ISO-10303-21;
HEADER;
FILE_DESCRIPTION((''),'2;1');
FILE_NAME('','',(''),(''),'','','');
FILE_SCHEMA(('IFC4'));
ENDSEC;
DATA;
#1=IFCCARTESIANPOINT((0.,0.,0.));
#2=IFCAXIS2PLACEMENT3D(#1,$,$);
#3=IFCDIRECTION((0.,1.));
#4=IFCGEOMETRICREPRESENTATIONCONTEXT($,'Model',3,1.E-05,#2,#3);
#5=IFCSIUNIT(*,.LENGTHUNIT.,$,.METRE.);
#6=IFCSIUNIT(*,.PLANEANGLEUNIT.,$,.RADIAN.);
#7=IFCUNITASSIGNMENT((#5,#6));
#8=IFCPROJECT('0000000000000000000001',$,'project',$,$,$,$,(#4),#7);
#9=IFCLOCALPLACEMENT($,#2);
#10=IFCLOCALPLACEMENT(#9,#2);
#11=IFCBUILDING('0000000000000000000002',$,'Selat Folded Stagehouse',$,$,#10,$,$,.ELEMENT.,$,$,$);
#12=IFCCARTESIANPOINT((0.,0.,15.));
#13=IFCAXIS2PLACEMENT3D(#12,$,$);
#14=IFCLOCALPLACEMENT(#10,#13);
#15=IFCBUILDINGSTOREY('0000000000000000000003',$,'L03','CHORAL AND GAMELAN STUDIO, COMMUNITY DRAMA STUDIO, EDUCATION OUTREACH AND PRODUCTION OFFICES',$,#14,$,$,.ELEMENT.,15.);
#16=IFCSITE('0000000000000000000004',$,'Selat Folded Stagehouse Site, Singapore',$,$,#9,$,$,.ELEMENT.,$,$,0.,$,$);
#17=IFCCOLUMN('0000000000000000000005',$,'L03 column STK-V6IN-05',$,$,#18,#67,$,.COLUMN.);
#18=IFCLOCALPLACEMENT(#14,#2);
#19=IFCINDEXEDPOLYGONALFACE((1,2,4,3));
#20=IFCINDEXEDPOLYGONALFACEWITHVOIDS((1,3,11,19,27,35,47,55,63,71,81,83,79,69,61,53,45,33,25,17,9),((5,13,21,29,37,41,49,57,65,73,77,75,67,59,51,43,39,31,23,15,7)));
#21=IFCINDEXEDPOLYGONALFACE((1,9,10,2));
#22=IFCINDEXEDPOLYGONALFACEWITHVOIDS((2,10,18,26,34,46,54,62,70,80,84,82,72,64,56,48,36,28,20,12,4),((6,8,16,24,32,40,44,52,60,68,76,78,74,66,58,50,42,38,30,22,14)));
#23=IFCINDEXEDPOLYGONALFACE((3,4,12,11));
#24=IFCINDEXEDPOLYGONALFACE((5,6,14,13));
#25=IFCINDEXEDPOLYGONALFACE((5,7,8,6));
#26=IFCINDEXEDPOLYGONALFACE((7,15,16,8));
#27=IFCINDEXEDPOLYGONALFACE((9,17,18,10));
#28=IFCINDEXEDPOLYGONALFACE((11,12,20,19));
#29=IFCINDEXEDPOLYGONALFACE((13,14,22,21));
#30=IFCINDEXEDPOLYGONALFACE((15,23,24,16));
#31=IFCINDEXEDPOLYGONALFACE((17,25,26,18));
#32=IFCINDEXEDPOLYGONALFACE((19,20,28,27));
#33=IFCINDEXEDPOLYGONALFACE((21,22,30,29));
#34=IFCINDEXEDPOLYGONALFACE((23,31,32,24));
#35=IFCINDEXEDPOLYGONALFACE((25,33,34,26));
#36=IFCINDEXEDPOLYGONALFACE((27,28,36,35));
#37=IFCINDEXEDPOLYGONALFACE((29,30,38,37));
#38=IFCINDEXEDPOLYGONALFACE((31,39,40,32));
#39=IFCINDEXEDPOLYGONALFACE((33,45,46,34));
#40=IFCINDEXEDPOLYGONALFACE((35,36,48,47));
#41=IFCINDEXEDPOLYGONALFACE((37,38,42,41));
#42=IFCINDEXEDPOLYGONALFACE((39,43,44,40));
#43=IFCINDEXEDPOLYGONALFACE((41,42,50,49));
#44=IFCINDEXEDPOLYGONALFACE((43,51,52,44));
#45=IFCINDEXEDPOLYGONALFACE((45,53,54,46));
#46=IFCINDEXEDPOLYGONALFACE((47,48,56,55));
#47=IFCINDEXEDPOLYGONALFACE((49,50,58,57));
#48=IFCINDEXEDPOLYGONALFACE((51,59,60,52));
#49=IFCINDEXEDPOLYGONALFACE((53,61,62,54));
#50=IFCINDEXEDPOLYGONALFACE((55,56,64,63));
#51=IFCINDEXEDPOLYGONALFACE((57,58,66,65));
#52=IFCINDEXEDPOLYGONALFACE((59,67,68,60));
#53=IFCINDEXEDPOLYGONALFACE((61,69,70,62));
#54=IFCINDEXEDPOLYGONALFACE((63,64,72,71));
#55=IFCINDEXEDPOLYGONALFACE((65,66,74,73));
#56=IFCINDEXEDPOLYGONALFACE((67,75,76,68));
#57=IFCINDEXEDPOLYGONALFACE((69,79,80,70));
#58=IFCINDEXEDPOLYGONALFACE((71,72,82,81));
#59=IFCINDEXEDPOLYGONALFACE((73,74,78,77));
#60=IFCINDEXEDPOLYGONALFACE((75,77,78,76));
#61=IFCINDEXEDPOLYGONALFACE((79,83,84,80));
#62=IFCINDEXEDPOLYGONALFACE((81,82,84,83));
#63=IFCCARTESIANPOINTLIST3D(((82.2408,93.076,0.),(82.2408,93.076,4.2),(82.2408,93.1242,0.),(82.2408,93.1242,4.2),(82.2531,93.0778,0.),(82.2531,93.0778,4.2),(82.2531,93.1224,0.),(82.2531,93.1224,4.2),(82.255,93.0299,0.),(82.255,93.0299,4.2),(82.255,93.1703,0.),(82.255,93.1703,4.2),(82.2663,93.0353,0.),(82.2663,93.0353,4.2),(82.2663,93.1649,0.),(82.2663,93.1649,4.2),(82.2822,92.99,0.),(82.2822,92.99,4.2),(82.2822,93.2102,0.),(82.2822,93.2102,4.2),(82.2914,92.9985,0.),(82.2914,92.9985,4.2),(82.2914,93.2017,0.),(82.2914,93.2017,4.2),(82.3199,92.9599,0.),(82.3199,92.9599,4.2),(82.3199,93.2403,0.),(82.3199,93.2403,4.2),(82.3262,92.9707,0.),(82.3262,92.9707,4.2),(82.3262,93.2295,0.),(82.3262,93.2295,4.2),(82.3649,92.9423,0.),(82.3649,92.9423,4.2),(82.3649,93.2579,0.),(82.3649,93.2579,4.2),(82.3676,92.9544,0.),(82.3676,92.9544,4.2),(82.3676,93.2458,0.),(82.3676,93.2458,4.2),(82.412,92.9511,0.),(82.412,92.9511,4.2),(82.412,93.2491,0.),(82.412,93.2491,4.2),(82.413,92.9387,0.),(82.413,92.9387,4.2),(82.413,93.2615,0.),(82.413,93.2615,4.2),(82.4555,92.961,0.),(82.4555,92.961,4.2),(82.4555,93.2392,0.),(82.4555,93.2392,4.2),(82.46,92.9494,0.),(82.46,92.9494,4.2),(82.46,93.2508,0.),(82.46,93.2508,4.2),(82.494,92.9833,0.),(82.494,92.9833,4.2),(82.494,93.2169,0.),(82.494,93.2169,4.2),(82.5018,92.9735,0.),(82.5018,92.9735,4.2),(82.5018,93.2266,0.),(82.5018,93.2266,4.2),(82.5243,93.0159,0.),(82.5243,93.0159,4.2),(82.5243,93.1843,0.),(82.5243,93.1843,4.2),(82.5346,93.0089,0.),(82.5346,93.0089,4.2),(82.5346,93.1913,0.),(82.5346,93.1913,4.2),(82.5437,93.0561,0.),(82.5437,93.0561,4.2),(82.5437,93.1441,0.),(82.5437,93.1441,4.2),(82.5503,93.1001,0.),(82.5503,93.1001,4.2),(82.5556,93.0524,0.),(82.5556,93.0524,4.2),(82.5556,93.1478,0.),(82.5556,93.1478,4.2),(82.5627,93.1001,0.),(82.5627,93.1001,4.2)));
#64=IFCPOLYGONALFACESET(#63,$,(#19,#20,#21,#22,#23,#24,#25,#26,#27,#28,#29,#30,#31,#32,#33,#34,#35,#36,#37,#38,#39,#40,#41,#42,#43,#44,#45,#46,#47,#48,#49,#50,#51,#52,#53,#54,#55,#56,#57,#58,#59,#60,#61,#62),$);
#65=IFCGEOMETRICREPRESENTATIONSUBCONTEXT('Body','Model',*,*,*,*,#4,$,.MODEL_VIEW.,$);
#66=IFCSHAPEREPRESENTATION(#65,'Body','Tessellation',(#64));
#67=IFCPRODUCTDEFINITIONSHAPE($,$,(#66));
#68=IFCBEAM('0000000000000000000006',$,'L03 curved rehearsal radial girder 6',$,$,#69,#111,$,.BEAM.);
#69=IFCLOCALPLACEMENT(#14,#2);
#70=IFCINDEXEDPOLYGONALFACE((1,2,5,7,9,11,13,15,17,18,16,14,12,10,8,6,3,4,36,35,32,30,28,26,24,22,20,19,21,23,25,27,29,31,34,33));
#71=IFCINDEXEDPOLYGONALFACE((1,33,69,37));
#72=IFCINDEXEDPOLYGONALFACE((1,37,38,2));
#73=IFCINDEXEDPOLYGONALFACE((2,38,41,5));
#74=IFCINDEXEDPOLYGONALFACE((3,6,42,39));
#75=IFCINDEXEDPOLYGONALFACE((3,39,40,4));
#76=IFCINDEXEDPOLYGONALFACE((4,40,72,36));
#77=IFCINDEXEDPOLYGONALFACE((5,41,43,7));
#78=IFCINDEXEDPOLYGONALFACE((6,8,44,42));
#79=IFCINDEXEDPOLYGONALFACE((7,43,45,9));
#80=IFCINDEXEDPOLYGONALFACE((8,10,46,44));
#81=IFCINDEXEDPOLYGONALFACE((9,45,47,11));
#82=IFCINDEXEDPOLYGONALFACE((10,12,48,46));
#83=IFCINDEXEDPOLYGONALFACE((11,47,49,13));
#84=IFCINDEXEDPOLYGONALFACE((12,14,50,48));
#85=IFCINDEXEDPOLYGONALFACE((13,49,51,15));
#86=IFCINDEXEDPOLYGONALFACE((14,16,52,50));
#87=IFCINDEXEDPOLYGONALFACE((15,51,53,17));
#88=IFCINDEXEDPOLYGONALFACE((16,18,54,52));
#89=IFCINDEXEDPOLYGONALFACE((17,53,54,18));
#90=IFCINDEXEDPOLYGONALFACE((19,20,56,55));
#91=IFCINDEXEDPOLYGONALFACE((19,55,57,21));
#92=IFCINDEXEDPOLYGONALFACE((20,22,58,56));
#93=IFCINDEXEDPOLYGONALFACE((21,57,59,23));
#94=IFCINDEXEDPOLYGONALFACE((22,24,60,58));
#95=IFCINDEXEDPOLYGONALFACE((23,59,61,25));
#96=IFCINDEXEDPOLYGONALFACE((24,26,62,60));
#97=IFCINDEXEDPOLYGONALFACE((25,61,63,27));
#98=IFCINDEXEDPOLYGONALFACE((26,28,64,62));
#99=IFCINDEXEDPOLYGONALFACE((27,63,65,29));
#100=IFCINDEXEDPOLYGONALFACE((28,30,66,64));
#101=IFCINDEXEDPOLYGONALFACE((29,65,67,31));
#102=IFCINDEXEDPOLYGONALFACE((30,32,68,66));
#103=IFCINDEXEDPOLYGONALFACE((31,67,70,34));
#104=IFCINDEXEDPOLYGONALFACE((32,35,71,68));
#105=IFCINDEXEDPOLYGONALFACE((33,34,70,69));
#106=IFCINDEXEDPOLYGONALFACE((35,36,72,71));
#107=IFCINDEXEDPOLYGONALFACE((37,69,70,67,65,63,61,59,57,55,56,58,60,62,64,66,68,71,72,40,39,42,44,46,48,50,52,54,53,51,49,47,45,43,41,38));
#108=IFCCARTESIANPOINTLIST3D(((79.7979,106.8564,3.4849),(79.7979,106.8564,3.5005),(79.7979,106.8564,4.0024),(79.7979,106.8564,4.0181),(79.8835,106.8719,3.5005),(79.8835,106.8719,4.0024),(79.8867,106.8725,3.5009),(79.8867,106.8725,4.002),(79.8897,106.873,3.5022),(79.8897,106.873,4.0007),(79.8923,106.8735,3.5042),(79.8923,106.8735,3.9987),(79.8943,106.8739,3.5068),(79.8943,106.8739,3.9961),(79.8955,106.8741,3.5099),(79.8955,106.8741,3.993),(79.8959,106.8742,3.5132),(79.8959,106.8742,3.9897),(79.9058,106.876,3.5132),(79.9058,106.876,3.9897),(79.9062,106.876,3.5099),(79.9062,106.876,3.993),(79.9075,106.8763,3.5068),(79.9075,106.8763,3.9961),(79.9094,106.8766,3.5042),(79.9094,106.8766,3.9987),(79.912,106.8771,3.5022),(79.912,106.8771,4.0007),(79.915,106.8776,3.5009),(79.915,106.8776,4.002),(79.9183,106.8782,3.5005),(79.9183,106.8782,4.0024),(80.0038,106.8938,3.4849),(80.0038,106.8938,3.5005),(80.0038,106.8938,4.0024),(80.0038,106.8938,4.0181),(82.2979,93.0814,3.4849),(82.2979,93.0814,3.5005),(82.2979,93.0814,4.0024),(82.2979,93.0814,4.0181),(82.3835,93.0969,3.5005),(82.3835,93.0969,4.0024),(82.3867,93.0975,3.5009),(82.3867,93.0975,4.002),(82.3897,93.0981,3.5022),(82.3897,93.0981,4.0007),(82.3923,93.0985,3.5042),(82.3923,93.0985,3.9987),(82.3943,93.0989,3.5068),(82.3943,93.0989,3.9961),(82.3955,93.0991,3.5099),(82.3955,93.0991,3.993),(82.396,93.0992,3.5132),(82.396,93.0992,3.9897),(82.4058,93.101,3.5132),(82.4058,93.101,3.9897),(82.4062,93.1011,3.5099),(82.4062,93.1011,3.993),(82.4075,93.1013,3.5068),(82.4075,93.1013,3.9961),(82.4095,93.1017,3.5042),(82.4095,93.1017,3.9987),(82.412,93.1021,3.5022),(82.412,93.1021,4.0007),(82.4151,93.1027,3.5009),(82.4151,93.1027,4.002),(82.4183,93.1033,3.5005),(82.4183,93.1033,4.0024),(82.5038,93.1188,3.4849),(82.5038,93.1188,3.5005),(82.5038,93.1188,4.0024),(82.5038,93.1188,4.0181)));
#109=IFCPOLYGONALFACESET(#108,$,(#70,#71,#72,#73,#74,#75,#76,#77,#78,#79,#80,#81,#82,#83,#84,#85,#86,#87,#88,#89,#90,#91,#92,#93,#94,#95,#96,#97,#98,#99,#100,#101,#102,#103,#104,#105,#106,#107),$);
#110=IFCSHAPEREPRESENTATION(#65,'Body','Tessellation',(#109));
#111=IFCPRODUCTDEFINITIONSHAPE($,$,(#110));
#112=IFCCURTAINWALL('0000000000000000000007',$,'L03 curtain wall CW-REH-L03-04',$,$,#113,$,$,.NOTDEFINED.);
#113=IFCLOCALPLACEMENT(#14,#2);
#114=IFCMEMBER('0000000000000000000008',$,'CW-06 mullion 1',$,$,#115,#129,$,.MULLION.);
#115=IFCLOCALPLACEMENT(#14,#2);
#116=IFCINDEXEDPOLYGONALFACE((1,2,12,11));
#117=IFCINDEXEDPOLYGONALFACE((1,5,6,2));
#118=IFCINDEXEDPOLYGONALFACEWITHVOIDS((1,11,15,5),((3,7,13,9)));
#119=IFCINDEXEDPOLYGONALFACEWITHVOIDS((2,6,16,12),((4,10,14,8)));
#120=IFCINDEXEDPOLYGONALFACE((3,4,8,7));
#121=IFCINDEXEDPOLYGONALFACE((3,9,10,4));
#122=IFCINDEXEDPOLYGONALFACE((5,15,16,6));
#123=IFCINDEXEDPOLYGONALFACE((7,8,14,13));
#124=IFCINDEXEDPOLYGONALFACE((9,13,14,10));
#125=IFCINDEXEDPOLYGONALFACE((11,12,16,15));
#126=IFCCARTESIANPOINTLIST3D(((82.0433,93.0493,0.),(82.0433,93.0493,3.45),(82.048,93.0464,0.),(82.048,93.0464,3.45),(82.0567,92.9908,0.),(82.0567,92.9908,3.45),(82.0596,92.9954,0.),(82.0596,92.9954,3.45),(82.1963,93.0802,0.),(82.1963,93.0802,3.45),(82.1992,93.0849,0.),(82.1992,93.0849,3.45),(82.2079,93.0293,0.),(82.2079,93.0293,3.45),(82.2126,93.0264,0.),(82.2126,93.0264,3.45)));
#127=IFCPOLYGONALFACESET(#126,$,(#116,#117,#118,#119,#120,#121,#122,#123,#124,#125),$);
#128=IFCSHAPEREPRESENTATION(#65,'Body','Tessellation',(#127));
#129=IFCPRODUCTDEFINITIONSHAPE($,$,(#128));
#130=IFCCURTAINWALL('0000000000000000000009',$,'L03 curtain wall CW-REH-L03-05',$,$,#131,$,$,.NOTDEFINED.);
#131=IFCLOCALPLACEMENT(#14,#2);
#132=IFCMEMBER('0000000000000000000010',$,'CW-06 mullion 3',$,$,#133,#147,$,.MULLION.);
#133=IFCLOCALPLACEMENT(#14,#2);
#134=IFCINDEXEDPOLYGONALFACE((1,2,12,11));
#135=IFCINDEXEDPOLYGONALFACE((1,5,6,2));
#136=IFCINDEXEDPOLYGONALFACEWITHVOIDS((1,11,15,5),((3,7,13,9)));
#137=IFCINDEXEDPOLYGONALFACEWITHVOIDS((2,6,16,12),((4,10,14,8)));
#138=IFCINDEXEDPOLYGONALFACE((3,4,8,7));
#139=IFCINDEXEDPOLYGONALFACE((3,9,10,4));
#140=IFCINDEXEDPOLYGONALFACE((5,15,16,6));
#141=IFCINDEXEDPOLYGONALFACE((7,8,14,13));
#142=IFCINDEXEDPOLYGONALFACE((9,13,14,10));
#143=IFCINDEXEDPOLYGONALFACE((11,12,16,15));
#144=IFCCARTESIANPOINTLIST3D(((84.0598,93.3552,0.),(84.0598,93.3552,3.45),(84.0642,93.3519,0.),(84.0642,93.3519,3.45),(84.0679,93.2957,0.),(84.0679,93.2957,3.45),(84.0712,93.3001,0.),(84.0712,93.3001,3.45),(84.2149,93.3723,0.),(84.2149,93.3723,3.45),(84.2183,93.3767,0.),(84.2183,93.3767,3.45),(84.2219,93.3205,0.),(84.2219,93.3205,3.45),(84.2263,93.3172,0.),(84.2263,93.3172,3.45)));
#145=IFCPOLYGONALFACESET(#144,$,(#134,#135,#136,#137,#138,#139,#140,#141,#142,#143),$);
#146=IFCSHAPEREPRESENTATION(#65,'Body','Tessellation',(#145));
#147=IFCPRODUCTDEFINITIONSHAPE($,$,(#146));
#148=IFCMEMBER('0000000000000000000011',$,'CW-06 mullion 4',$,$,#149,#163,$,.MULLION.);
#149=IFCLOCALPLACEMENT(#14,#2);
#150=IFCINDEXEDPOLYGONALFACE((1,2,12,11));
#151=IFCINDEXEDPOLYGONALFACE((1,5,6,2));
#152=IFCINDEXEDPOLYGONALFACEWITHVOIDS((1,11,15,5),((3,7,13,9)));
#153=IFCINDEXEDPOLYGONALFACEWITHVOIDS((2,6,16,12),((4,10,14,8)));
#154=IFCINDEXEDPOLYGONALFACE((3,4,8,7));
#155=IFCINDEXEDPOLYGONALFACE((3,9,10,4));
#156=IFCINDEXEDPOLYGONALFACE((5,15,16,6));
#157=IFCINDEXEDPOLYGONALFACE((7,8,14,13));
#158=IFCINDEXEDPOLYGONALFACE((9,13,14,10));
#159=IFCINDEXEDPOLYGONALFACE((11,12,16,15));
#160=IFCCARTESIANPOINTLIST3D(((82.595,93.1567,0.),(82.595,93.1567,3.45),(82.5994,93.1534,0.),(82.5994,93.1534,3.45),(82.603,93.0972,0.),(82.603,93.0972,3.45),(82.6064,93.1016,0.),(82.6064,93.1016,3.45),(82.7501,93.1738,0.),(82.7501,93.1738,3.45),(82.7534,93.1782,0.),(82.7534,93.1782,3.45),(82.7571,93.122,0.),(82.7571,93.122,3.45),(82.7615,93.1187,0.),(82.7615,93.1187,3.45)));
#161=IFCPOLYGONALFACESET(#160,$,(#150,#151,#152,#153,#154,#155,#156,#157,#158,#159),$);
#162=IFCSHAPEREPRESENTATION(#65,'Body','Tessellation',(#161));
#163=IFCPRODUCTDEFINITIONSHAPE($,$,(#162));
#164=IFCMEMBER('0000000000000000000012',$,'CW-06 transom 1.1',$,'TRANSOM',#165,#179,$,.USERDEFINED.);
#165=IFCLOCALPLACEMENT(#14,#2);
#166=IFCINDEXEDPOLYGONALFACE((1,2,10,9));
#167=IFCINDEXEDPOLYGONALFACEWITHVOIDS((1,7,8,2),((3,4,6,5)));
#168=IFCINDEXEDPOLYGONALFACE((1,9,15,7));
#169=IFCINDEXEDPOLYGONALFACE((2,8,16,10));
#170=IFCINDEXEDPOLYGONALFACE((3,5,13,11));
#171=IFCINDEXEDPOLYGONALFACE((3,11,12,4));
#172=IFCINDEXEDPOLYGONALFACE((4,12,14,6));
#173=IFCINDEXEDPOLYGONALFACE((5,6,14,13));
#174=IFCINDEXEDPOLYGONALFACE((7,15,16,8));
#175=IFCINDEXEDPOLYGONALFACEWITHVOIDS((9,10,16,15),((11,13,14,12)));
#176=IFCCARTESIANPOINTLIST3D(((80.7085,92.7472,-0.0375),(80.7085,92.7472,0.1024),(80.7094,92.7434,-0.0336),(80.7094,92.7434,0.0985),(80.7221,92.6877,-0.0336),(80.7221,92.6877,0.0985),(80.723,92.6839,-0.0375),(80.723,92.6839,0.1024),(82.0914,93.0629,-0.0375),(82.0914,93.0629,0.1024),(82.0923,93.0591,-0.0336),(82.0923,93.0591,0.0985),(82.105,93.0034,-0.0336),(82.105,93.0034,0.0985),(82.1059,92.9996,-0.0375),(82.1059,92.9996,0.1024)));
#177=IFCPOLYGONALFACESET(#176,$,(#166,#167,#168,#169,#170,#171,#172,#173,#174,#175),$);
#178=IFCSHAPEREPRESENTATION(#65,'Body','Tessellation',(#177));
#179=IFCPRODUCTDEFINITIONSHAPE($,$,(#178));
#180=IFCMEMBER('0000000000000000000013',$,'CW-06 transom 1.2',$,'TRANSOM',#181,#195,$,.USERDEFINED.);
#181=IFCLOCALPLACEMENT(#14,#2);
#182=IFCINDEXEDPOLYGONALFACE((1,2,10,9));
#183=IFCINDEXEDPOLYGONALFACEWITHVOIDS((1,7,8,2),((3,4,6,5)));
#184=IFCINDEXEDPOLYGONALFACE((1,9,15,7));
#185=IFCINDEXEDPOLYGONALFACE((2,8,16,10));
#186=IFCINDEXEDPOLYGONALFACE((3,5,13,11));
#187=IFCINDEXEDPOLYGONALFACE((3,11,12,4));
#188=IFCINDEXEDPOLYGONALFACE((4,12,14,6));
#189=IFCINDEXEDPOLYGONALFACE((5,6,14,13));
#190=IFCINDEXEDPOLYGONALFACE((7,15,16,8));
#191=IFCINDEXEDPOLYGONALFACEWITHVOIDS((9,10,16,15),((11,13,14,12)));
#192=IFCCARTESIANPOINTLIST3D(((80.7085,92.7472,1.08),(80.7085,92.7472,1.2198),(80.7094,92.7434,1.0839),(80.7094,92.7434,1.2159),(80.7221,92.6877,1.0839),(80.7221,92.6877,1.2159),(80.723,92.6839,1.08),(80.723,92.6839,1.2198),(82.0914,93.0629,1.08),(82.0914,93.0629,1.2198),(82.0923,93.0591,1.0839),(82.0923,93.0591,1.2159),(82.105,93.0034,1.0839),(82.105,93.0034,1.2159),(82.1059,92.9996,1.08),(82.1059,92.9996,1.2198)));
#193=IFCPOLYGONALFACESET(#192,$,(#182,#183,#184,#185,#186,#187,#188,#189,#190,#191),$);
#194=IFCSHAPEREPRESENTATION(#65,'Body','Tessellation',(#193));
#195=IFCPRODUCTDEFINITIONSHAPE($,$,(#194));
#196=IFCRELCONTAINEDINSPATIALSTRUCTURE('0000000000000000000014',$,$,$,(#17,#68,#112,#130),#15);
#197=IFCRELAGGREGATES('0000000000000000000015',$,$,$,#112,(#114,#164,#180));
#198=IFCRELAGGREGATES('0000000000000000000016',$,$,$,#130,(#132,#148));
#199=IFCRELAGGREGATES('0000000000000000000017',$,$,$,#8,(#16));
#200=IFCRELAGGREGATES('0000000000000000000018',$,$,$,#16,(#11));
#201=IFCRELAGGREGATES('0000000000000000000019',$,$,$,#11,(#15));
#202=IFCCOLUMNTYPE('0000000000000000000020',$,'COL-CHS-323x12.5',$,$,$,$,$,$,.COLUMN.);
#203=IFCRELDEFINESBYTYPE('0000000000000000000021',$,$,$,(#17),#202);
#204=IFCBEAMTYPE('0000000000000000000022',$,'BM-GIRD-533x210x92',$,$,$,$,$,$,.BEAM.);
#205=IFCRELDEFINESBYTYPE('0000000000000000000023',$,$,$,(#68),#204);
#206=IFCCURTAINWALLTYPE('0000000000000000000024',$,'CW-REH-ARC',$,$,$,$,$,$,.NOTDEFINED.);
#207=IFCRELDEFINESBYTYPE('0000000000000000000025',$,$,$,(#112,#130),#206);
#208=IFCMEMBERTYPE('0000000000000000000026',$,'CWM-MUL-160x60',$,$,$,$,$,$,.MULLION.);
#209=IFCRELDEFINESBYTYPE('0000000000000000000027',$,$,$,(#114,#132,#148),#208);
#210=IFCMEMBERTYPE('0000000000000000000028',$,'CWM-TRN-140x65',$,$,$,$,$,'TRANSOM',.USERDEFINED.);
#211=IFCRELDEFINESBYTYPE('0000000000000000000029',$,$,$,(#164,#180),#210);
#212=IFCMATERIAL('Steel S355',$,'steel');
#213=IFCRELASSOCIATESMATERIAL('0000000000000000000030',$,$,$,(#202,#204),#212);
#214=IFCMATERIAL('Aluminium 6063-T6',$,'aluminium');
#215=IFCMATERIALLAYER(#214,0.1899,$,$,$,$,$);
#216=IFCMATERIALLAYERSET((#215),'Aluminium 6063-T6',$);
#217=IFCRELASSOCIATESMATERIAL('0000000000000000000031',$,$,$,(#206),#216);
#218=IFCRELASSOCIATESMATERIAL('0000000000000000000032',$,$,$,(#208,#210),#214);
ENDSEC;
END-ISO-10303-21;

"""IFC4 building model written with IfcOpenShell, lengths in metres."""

from ifc_helpers import new_model, si_unit, direction, frame, origin, origin_2d, place, context, subcontext, project, spatial, hollow_rectangle, hollow_circle, i_section, extrude, material, layer, layer_set, material_profile, profile_set, type_object, element, aggregate, save


model = new_model("IFC4")

# Units and contexts
model_context = context("Model", 3, precision=1e-05, world=origin(), true_north=direction((0.0, 1.0)))
body_context = subcontext(model_context, "Body", "Model", "MODEL_VIEW")
ifc_project = project(units=[si_unit("LENGTHUNIT", "METRE"), si_unit("PLANEANGLEUNIT", "RADIAN")], contexts=[model_context])

# Site, building, storey
site_placement = place(None, origin())
site = spatial("IfcSite", under=ifc_project, at=site_placement, Name="Selat Folded Stagehouse Site, Singapore", CompositionType="ELEMENT", RefElevation=0.0)
building_placement = place(site_placement, origin())
building = spatial("IfcBuilding", under=site, at=building_placement, Name="Selat Folded Stagehouse", CompositionType="ELEMENT")
storey_placement = place(building_placement, frame((0.0, 0.0, 15.0)))
storey = spatial("IfcBuildingStorey", under=building, at=storey_placement, Name="L03", Description="CHORAL AND GAMELAN STUDIO, COMMUNITY DRAMA STUDIO, EDUCATION OUTREACH AND PRODUCTION OFFICES", CompositionType="ELEMENT", Elevation=15.0)

# Column
ifc_material_1 = material(Name="Steel S355", Category="steel")
ifc_material_profile_1 = material_profile(ifc_material_1, hollow_circle(Radius=0.1619, WallThickness=0.0125, at=origin_2d()), Name="CHS 323.9x12.5")
ifc_profile_set_1 = profile_set([ifc_material_profile_1], Name="Steel S355")
column_type = type_object("IfcColumnType", Name="COL-CHS-323x12.5", PredefinedType="COLUMN", material=ifc_profile_set_1)
column_placement = place(storey_placement, frame((82.4009, 93.1001, 0.0), z_axis=(0.0, 0.0, 1.0), x_axis=(1.0, 0.0, 0.0)))
element("IfcColumn", 1, at=column_placement, inside=storey, type_object=column_type, Name="L03 column STK-V6IN-05", PredefinedType="COLUMN", context=body_context, shape_type="SweptSolid", body=[
    extrude(hollow_circle(Radius=0.1619, WallThickness=0.0125, at=origin_2d()), origin(), (0.0, 0.0, 1.0), 4.2),
])

# Beam
ifc_material_profile_2 = material_profile(ifc_material_1, i_section(OverallWidth=0.2092, OverallDepth=0.5332, WebThickness=0.01, FlangeThickness=0.0156, FilletRadius=0.0127, at=origin_2d()), Name="UKB 533x210x92")
ifc_profile_set_2 = profile_set([ifc_material_profile_2], Name="Steel S355")
beam_type_1 = type_object("IfcBeamType", Name="BM-GIRD-533x210x92", PredefinedType="BEAM", material=ifc_profile_set_2)
beam_1_placement = place(storey_placement, frame((82.4009, 93.1001, 3.7515), z_axis=(-0.178572, 0.983927, 0.0), x_axis=(-0.983927, -0.178572, 0.0)))
element("IfcBeam", 2, at=beam_1_placement, inside=storey, type_object=beam_type_1, Name="L03 curved rehearsal radial girder 6", PredefinedType="BEAM", context=body_context, shape_type="SweptSolid", body=[
    extrude(i_section(OverallWidth=0.2092, OverallDepth=0.5332, WebThickness=0.01, FlangeThickness=0.0156, FilletRadius=0.0127, at=origin_2d()), origin(), (0.0, 0.0, 1.0), 14.0),
])

# Curtain wall, member
ifc_material_2 = material(Name="Aluminium 6063-T6", Category="aluminium")
ifc_layer_1 = layer(ifc_material_2, 0.1899)
ifc_layer_set_1 = layer_set([ifc_layer_1], Name="Aluminium 6063-T6")
curtain_wall_type = type_object("IfcCurtainWallType", Name="CW-REH-ARC", PredefinedType="NOTDEFINED", material=ifc_layer_set_1)
curtain_wall_1_placement = place(storey_placement, origin())
curtain_wall_1 = element("IfcCurtainWall", 3, at=curtain_wall_1_placement, inside=storey, type_object=curtain_wall_type, Name="L03 curtain wall CW-REH-L03-04", PredefinedType="NOTDEFINED")
ifc_material_profile_3 = material_profile(ifc_material_2, hollow_rectangle(XDim=0.0601, YDim=0.1599, WallThickness=0.0039, at=origin_2d()), Name="ALU 160x60x4.0")
ifc_profile_set_3 = profile_set([ifc_material_profile_3], Name="Aluminium 6063-T6")
member_type_1 = type_object("IfcMemberType", Name="CWM-MUL-160x60", PredefinedType="MULLION", material=ifc_profile_set_3)
member_1_placement = place(storey_placement, frame((82.1279, 93.0378, 0.0), z_axis=(0.0, 0.0, 1.0), x_axis=(0.222543, -0.974923, 0.0)))
member_1 = element("IfcMember", 4, at=member_1_placement, type_object=member_type_1, Name="CW-06 mullion 1", PredefinedType="MULLION", context=body_context, shape_type="SweptSolid", body=[
    extrude(hollow_rectangle(XDim=0.0601, YDim=0.1599, WallThickness=0.0039, at=origin_2d()), origin(), (0.0, 0.0, 1.0), 3.45),
])

# Curtain wall, members
curtain_wall_2_placement = place(storey_placement, origin())
curtain_wall_2 = element("IfcCurtainWall", 5, at=curtain_wall_2_placement, inside=storey, type_object=curtain_wall_type, Name="L03 curtain wall CW-REH-L03-05", PredefinedType="NOTDEFINED")
member_2_placement = place(storey_placement, frame((84.1431, 93.3362, 0.0), z_axis=(0.0, 0.0, 1.0), x_axis=(0.134212, -0.990953, 0.0)))
member_2 = element("IfcMember", 6, at=member_2_placement, type_object=member_type_1, Name="CW-06 mullion 3", PredefinedType="MULLION", context=body_context, shape_type="SweptSolid", body=[
    extrude(hollow_rectangle(XDim=0.0601, YDim=0.1599, WallThickness=0.0039, at=origin_2d()), origin(), (0.0, 0.0, 1.0), 3.45),
])
member_3_placement = place(storey_placement, frame((82.6782, 93.1377, 0.0), z_axis=(0.0, 0.0, 1.0), x_axis=(0.134212, -0.990953, 0.0)))
member_3 = element("IfcMember", 7, at=member_3_placement, type_object=member_type_1, Name="CW-06 mullion 4", PredefinedType="MULLION", context=body_context, shape_type="SweptSolid", body=[
    extrude(hollow_rectangle(XDim=0.0601, YDim=0.1599, WallThickness=0.0039, at=origin_2d()), origin(), (0.0, 0.0, 1.0), 3.45),
])

# Members
ifc_material_profile_4 = material_profile(ifc_material_2, hollow_rectangle(XDim=0.0649, YDim=0.1399, WallThickness=0.0039, at=origin_2d()), Name="ALU 140x65x4.0")
ifc_profile_set_4 = profile_set([ifc_material_profile_4], Name="Aluminium 6063-T6")
member_type_2 = type_object("IfcMemberType", Name="CWM-TRN-140x65", ElementType="TRANSOM", PredefinedType="USERDEFINED", material=ifc_profile_set_4)
member_4_placement = place(storey_placement, frame((82.0986, 93.0312, 0.0325), z_axis=(-0.974919, -0.222558, 0.0), x_axis=(0.222558, -0.974919, 0.0)))
member_4 = element("IfcMember", 8, at=member_4_placement, type_object=member_type_2, Name="CW-06 transom 1.1", ObjectType="TRANSOM", PredefinedType="USERDEFINED", context=body_context, shape_type="SweptSolid", body=[
    extrude(hollow_rectangle(XDim=0.0649, YDim=0.1399, WallThickness=0.0039, at=origin_2d()), origin(), (0.0, 0.0, 1.0), 1.4185),
])
member_5_placement = place(storey_placement, frame((82.0986, 93.0312, 1.1499), z_axis=(-0.974919, -0.222558, 0.0), x_axis=(0.222558, -0.974919, 0.0)))
member_5 = element("IfcMember", 9, at=member_5_placement, type_object=member_type_2, Name="CW-06 transom 1.2", ObjectType="TRANSOM", PredefinedType="USERDEFINED", context=body_context, shape_type="SweptSolid", body=[
    extrude(hollow_rectangle(XDim=0.0649, YDim=0.1399, WallThickness=0.0039, at=origin_2d()), origin(), (0.0, 0.0, 1.0), 1.4185),
])

aggregate(curtain_wall_1, [member_1, member_4, member_5])
aggregate(curtain_wall_2, [member_2, member_3])

save(model, "model.ifc")
